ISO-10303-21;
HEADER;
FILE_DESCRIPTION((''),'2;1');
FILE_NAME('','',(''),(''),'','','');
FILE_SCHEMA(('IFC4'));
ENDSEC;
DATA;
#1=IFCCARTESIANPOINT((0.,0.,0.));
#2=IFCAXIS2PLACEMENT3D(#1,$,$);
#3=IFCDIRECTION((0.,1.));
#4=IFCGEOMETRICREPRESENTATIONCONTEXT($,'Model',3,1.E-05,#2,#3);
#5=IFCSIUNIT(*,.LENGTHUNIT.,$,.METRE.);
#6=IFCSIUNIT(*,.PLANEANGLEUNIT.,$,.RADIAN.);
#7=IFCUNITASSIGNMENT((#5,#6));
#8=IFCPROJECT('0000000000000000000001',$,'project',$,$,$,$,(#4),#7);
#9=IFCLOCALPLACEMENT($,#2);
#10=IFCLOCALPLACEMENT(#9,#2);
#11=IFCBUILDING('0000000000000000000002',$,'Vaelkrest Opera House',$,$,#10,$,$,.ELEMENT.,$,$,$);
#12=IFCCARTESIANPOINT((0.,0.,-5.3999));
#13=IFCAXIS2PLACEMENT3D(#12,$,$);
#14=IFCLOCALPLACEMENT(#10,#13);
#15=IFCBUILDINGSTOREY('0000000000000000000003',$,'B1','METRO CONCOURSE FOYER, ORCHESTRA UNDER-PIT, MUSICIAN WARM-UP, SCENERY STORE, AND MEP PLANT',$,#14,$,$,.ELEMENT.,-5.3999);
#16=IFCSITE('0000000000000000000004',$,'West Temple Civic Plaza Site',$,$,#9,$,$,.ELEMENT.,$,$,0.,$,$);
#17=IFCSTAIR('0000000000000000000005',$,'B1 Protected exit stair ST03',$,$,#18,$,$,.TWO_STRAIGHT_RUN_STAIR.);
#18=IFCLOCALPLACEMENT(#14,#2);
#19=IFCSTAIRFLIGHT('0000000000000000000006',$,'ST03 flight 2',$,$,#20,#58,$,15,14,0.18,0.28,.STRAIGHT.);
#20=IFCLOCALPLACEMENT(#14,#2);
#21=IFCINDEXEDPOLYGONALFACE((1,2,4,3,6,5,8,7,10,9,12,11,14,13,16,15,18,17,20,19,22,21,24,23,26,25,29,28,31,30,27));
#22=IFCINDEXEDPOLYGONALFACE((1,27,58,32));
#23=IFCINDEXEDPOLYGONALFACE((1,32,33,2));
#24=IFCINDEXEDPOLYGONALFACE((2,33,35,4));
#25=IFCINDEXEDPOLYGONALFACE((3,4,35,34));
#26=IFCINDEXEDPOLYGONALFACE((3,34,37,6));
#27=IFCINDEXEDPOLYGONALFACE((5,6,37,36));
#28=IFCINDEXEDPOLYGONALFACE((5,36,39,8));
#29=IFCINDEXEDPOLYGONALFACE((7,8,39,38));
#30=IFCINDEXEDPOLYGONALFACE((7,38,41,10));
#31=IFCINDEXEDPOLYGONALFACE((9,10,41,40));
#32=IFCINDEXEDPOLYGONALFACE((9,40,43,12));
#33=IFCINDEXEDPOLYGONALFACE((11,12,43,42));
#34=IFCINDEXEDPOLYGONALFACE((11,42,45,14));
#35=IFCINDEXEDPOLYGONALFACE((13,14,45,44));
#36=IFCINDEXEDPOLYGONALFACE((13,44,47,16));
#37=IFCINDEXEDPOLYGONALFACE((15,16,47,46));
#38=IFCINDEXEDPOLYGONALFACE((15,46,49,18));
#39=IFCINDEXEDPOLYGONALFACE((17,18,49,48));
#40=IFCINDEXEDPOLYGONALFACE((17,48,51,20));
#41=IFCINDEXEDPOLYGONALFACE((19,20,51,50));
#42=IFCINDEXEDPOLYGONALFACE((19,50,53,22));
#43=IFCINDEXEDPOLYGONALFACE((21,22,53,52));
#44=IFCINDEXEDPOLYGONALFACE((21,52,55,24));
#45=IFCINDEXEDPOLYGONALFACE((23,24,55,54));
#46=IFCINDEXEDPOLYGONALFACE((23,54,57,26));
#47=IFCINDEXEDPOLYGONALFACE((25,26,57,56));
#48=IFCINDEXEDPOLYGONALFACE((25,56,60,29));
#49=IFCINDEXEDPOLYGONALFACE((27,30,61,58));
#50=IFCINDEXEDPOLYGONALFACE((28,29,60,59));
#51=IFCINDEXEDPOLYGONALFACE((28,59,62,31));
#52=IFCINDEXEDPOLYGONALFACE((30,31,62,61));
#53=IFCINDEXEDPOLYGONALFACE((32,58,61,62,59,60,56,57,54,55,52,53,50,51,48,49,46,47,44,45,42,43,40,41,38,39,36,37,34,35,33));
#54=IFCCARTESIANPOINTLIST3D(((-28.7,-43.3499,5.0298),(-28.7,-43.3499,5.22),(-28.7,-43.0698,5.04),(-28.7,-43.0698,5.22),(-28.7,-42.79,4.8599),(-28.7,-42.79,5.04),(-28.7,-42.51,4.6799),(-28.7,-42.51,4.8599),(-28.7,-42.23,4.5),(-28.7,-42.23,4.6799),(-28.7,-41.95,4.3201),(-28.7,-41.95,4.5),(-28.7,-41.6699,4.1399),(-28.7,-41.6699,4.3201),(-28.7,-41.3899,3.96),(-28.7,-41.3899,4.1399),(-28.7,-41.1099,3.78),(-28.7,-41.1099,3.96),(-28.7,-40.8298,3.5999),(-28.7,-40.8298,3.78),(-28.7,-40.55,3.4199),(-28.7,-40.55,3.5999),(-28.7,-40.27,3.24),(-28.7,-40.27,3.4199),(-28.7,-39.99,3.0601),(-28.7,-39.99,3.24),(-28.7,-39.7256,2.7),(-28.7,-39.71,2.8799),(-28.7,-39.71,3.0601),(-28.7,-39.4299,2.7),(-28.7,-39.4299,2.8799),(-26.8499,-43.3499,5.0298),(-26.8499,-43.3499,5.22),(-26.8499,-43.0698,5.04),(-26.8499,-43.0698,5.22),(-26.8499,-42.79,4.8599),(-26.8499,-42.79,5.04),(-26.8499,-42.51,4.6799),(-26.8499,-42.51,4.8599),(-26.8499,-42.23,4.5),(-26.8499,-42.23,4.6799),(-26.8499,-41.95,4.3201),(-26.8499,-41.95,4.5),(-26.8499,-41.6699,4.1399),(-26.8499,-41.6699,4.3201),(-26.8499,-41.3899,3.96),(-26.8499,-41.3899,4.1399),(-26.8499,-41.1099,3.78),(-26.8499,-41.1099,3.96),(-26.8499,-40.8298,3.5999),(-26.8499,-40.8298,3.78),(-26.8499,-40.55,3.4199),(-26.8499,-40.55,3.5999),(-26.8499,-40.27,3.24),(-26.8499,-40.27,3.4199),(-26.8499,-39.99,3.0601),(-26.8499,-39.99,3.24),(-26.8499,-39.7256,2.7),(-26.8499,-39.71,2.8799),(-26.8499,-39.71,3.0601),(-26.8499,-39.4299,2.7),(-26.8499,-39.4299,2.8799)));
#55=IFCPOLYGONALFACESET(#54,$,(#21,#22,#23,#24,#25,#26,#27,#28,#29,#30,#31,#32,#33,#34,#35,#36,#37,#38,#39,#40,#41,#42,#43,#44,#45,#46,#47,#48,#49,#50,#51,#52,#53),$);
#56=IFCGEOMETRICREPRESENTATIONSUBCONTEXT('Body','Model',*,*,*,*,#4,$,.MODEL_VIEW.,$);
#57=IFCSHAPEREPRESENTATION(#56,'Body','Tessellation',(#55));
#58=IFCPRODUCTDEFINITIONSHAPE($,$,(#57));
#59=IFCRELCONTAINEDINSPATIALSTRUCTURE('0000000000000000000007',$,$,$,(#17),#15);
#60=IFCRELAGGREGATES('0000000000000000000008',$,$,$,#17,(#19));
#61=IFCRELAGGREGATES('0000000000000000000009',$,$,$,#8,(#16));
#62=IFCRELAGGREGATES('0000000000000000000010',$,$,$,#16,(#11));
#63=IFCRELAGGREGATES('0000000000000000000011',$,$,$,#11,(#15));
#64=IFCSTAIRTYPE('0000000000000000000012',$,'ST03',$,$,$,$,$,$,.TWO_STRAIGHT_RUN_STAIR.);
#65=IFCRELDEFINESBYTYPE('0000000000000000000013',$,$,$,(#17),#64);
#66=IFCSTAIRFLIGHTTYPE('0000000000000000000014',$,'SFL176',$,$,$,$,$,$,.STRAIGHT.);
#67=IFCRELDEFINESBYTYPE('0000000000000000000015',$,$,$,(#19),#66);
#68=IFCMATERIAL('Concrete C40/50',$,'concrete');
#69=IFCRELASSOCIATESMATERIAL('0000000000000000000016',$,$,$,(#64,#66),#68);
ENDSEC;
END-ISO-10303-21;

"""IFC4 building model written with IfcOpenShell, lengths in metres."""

from ifc_helpers import new_model, si_unit, direction, frame, origin, place, context, subcontext, project, spatial, polyline, outline, extrude, material, type_object, element, aggregate, save


model = new_model("IFC4")

# Units and contexts
model_context = context("Model", 3, precision=1e-05, world=origin(), true_north=direction((0.0, 1.0)))
body_context = subcontext(model_context, "Body", "Model", "MODEL_VIEW")
ifc_project = project(units=[si_unit("LENGTHUNIT", "METRE"), si_unit("PLANEANGLEUNIT", "RADIAN")], contexts=[model_context])

# Site, building, storey
site_placement = place(None, origin())
site = spatial("IfcSite", under=ifc_project, at=site_placement, Name="West Temple Civic Plaza Site", CompositionType="ELEMENT", RefElevation=0.0)
building_placement = place(site_placement, origin())
building = spatial("IfcBuilding", under=site, at=building_placement, Name="Vaelkrest Opera House", CompositionType="ELEMENT")
storey_placement = place(building_placement, frame((0.0, 0.0, -5.3999)))
storey = spatial("IfcBuildingStorey", under=building, at=storey_placement, Name="B1", Description="METRO CONCOURSE FOYER, ORCHESTRA UNDER-PIT, MUSICIAN WARM-UP, SCENERY STORE, AND MEP PLANT", CompositionType="ELEMENT", Elevation=-5.3999)

# Shared definitions
ifc_material_1 = material(Name="Concrete C40/50", Category="concrete")

# Stair, stair flight
stair_type = type_object("IfcStairType", Name="ST03", PredefinedType="TWO_STRAIGHT_RUN_STAIR", material=ifc_material_1)
stair_placement = place(storey_placement, origin())
stair = element("IfcStair", 1, at=stair_placement, inside=storey, type_object=stair_type, Name="B1 Protected exit stair ST03", PredefinedType="TWO_STRAIGHT_RUN_STAIR")
stair_flight_type = type_object("IfcStairFlightType", Name="SFL176", PredefinedType="STRAIGHT", material=ifc_material_1)
stair_flight_1_placement = place(storey_placement, frame((-27.7749, -39.4299, 2.7), z_axis=(0.0, 0.0, 1.0), x_axis=(0.0, -1.0, 0.0)))
stair_flight_1 = element("IfcStairFlight", 2, at=stair_flight_1_placement, type_object=stair_flight_type, Name="ST03 flight 2", NumberOfRisers=15, NumberOfTreads=14, PredefinedType="STRAIGHT", RiserHeight=0.18, TreadLength=0.28, context=body_context, shape_type="SweptSolid", body=[
    extrude(outline(polyline([(0.0, 0.0), (0.0, 0.1799), (0.28, 0.1799), (0.28, 0.3601), (0.5601, 0.3601), (0.5601, 0.54), (0.8401, 0.54), (0.8401, 0.72), (1.1201, 0.72), (1.1201, 0.8999), (1.3999, 0.8999), (1.3999, 1.0801), (1.6799, 1.0801), (1.6799, 1.26), (1.96, 1.26), (1.96, 1.4399), (2.24, 1.4399), (2.24, 1.6201), (2.52, 1.6201), (2.52, 1.8), (2.8, 1.8), (2.8, 1.98), (3.0801, 1.98), (3.0801, 2.1599), (3.3601, 2.1599), (3.3601, 2.3401), (3.6399, 2.3401), (3.6399, 2.52), (3.9199, 2.52), (3.9199, 2.7), (3.9199, 2.3298), (0.2957, 0.0), (0.0, 0.0)])), frame((0.0, 0.925, 0.0), z_axis=(0.0, -1.0, 0.0), x_axis=(1.0, 0.0, 0.0)), (0.0, 0.0, 1.0), 1.8501),
])
aggregate(stair, [stair_flight_1])

save(model, "model.ifc")
